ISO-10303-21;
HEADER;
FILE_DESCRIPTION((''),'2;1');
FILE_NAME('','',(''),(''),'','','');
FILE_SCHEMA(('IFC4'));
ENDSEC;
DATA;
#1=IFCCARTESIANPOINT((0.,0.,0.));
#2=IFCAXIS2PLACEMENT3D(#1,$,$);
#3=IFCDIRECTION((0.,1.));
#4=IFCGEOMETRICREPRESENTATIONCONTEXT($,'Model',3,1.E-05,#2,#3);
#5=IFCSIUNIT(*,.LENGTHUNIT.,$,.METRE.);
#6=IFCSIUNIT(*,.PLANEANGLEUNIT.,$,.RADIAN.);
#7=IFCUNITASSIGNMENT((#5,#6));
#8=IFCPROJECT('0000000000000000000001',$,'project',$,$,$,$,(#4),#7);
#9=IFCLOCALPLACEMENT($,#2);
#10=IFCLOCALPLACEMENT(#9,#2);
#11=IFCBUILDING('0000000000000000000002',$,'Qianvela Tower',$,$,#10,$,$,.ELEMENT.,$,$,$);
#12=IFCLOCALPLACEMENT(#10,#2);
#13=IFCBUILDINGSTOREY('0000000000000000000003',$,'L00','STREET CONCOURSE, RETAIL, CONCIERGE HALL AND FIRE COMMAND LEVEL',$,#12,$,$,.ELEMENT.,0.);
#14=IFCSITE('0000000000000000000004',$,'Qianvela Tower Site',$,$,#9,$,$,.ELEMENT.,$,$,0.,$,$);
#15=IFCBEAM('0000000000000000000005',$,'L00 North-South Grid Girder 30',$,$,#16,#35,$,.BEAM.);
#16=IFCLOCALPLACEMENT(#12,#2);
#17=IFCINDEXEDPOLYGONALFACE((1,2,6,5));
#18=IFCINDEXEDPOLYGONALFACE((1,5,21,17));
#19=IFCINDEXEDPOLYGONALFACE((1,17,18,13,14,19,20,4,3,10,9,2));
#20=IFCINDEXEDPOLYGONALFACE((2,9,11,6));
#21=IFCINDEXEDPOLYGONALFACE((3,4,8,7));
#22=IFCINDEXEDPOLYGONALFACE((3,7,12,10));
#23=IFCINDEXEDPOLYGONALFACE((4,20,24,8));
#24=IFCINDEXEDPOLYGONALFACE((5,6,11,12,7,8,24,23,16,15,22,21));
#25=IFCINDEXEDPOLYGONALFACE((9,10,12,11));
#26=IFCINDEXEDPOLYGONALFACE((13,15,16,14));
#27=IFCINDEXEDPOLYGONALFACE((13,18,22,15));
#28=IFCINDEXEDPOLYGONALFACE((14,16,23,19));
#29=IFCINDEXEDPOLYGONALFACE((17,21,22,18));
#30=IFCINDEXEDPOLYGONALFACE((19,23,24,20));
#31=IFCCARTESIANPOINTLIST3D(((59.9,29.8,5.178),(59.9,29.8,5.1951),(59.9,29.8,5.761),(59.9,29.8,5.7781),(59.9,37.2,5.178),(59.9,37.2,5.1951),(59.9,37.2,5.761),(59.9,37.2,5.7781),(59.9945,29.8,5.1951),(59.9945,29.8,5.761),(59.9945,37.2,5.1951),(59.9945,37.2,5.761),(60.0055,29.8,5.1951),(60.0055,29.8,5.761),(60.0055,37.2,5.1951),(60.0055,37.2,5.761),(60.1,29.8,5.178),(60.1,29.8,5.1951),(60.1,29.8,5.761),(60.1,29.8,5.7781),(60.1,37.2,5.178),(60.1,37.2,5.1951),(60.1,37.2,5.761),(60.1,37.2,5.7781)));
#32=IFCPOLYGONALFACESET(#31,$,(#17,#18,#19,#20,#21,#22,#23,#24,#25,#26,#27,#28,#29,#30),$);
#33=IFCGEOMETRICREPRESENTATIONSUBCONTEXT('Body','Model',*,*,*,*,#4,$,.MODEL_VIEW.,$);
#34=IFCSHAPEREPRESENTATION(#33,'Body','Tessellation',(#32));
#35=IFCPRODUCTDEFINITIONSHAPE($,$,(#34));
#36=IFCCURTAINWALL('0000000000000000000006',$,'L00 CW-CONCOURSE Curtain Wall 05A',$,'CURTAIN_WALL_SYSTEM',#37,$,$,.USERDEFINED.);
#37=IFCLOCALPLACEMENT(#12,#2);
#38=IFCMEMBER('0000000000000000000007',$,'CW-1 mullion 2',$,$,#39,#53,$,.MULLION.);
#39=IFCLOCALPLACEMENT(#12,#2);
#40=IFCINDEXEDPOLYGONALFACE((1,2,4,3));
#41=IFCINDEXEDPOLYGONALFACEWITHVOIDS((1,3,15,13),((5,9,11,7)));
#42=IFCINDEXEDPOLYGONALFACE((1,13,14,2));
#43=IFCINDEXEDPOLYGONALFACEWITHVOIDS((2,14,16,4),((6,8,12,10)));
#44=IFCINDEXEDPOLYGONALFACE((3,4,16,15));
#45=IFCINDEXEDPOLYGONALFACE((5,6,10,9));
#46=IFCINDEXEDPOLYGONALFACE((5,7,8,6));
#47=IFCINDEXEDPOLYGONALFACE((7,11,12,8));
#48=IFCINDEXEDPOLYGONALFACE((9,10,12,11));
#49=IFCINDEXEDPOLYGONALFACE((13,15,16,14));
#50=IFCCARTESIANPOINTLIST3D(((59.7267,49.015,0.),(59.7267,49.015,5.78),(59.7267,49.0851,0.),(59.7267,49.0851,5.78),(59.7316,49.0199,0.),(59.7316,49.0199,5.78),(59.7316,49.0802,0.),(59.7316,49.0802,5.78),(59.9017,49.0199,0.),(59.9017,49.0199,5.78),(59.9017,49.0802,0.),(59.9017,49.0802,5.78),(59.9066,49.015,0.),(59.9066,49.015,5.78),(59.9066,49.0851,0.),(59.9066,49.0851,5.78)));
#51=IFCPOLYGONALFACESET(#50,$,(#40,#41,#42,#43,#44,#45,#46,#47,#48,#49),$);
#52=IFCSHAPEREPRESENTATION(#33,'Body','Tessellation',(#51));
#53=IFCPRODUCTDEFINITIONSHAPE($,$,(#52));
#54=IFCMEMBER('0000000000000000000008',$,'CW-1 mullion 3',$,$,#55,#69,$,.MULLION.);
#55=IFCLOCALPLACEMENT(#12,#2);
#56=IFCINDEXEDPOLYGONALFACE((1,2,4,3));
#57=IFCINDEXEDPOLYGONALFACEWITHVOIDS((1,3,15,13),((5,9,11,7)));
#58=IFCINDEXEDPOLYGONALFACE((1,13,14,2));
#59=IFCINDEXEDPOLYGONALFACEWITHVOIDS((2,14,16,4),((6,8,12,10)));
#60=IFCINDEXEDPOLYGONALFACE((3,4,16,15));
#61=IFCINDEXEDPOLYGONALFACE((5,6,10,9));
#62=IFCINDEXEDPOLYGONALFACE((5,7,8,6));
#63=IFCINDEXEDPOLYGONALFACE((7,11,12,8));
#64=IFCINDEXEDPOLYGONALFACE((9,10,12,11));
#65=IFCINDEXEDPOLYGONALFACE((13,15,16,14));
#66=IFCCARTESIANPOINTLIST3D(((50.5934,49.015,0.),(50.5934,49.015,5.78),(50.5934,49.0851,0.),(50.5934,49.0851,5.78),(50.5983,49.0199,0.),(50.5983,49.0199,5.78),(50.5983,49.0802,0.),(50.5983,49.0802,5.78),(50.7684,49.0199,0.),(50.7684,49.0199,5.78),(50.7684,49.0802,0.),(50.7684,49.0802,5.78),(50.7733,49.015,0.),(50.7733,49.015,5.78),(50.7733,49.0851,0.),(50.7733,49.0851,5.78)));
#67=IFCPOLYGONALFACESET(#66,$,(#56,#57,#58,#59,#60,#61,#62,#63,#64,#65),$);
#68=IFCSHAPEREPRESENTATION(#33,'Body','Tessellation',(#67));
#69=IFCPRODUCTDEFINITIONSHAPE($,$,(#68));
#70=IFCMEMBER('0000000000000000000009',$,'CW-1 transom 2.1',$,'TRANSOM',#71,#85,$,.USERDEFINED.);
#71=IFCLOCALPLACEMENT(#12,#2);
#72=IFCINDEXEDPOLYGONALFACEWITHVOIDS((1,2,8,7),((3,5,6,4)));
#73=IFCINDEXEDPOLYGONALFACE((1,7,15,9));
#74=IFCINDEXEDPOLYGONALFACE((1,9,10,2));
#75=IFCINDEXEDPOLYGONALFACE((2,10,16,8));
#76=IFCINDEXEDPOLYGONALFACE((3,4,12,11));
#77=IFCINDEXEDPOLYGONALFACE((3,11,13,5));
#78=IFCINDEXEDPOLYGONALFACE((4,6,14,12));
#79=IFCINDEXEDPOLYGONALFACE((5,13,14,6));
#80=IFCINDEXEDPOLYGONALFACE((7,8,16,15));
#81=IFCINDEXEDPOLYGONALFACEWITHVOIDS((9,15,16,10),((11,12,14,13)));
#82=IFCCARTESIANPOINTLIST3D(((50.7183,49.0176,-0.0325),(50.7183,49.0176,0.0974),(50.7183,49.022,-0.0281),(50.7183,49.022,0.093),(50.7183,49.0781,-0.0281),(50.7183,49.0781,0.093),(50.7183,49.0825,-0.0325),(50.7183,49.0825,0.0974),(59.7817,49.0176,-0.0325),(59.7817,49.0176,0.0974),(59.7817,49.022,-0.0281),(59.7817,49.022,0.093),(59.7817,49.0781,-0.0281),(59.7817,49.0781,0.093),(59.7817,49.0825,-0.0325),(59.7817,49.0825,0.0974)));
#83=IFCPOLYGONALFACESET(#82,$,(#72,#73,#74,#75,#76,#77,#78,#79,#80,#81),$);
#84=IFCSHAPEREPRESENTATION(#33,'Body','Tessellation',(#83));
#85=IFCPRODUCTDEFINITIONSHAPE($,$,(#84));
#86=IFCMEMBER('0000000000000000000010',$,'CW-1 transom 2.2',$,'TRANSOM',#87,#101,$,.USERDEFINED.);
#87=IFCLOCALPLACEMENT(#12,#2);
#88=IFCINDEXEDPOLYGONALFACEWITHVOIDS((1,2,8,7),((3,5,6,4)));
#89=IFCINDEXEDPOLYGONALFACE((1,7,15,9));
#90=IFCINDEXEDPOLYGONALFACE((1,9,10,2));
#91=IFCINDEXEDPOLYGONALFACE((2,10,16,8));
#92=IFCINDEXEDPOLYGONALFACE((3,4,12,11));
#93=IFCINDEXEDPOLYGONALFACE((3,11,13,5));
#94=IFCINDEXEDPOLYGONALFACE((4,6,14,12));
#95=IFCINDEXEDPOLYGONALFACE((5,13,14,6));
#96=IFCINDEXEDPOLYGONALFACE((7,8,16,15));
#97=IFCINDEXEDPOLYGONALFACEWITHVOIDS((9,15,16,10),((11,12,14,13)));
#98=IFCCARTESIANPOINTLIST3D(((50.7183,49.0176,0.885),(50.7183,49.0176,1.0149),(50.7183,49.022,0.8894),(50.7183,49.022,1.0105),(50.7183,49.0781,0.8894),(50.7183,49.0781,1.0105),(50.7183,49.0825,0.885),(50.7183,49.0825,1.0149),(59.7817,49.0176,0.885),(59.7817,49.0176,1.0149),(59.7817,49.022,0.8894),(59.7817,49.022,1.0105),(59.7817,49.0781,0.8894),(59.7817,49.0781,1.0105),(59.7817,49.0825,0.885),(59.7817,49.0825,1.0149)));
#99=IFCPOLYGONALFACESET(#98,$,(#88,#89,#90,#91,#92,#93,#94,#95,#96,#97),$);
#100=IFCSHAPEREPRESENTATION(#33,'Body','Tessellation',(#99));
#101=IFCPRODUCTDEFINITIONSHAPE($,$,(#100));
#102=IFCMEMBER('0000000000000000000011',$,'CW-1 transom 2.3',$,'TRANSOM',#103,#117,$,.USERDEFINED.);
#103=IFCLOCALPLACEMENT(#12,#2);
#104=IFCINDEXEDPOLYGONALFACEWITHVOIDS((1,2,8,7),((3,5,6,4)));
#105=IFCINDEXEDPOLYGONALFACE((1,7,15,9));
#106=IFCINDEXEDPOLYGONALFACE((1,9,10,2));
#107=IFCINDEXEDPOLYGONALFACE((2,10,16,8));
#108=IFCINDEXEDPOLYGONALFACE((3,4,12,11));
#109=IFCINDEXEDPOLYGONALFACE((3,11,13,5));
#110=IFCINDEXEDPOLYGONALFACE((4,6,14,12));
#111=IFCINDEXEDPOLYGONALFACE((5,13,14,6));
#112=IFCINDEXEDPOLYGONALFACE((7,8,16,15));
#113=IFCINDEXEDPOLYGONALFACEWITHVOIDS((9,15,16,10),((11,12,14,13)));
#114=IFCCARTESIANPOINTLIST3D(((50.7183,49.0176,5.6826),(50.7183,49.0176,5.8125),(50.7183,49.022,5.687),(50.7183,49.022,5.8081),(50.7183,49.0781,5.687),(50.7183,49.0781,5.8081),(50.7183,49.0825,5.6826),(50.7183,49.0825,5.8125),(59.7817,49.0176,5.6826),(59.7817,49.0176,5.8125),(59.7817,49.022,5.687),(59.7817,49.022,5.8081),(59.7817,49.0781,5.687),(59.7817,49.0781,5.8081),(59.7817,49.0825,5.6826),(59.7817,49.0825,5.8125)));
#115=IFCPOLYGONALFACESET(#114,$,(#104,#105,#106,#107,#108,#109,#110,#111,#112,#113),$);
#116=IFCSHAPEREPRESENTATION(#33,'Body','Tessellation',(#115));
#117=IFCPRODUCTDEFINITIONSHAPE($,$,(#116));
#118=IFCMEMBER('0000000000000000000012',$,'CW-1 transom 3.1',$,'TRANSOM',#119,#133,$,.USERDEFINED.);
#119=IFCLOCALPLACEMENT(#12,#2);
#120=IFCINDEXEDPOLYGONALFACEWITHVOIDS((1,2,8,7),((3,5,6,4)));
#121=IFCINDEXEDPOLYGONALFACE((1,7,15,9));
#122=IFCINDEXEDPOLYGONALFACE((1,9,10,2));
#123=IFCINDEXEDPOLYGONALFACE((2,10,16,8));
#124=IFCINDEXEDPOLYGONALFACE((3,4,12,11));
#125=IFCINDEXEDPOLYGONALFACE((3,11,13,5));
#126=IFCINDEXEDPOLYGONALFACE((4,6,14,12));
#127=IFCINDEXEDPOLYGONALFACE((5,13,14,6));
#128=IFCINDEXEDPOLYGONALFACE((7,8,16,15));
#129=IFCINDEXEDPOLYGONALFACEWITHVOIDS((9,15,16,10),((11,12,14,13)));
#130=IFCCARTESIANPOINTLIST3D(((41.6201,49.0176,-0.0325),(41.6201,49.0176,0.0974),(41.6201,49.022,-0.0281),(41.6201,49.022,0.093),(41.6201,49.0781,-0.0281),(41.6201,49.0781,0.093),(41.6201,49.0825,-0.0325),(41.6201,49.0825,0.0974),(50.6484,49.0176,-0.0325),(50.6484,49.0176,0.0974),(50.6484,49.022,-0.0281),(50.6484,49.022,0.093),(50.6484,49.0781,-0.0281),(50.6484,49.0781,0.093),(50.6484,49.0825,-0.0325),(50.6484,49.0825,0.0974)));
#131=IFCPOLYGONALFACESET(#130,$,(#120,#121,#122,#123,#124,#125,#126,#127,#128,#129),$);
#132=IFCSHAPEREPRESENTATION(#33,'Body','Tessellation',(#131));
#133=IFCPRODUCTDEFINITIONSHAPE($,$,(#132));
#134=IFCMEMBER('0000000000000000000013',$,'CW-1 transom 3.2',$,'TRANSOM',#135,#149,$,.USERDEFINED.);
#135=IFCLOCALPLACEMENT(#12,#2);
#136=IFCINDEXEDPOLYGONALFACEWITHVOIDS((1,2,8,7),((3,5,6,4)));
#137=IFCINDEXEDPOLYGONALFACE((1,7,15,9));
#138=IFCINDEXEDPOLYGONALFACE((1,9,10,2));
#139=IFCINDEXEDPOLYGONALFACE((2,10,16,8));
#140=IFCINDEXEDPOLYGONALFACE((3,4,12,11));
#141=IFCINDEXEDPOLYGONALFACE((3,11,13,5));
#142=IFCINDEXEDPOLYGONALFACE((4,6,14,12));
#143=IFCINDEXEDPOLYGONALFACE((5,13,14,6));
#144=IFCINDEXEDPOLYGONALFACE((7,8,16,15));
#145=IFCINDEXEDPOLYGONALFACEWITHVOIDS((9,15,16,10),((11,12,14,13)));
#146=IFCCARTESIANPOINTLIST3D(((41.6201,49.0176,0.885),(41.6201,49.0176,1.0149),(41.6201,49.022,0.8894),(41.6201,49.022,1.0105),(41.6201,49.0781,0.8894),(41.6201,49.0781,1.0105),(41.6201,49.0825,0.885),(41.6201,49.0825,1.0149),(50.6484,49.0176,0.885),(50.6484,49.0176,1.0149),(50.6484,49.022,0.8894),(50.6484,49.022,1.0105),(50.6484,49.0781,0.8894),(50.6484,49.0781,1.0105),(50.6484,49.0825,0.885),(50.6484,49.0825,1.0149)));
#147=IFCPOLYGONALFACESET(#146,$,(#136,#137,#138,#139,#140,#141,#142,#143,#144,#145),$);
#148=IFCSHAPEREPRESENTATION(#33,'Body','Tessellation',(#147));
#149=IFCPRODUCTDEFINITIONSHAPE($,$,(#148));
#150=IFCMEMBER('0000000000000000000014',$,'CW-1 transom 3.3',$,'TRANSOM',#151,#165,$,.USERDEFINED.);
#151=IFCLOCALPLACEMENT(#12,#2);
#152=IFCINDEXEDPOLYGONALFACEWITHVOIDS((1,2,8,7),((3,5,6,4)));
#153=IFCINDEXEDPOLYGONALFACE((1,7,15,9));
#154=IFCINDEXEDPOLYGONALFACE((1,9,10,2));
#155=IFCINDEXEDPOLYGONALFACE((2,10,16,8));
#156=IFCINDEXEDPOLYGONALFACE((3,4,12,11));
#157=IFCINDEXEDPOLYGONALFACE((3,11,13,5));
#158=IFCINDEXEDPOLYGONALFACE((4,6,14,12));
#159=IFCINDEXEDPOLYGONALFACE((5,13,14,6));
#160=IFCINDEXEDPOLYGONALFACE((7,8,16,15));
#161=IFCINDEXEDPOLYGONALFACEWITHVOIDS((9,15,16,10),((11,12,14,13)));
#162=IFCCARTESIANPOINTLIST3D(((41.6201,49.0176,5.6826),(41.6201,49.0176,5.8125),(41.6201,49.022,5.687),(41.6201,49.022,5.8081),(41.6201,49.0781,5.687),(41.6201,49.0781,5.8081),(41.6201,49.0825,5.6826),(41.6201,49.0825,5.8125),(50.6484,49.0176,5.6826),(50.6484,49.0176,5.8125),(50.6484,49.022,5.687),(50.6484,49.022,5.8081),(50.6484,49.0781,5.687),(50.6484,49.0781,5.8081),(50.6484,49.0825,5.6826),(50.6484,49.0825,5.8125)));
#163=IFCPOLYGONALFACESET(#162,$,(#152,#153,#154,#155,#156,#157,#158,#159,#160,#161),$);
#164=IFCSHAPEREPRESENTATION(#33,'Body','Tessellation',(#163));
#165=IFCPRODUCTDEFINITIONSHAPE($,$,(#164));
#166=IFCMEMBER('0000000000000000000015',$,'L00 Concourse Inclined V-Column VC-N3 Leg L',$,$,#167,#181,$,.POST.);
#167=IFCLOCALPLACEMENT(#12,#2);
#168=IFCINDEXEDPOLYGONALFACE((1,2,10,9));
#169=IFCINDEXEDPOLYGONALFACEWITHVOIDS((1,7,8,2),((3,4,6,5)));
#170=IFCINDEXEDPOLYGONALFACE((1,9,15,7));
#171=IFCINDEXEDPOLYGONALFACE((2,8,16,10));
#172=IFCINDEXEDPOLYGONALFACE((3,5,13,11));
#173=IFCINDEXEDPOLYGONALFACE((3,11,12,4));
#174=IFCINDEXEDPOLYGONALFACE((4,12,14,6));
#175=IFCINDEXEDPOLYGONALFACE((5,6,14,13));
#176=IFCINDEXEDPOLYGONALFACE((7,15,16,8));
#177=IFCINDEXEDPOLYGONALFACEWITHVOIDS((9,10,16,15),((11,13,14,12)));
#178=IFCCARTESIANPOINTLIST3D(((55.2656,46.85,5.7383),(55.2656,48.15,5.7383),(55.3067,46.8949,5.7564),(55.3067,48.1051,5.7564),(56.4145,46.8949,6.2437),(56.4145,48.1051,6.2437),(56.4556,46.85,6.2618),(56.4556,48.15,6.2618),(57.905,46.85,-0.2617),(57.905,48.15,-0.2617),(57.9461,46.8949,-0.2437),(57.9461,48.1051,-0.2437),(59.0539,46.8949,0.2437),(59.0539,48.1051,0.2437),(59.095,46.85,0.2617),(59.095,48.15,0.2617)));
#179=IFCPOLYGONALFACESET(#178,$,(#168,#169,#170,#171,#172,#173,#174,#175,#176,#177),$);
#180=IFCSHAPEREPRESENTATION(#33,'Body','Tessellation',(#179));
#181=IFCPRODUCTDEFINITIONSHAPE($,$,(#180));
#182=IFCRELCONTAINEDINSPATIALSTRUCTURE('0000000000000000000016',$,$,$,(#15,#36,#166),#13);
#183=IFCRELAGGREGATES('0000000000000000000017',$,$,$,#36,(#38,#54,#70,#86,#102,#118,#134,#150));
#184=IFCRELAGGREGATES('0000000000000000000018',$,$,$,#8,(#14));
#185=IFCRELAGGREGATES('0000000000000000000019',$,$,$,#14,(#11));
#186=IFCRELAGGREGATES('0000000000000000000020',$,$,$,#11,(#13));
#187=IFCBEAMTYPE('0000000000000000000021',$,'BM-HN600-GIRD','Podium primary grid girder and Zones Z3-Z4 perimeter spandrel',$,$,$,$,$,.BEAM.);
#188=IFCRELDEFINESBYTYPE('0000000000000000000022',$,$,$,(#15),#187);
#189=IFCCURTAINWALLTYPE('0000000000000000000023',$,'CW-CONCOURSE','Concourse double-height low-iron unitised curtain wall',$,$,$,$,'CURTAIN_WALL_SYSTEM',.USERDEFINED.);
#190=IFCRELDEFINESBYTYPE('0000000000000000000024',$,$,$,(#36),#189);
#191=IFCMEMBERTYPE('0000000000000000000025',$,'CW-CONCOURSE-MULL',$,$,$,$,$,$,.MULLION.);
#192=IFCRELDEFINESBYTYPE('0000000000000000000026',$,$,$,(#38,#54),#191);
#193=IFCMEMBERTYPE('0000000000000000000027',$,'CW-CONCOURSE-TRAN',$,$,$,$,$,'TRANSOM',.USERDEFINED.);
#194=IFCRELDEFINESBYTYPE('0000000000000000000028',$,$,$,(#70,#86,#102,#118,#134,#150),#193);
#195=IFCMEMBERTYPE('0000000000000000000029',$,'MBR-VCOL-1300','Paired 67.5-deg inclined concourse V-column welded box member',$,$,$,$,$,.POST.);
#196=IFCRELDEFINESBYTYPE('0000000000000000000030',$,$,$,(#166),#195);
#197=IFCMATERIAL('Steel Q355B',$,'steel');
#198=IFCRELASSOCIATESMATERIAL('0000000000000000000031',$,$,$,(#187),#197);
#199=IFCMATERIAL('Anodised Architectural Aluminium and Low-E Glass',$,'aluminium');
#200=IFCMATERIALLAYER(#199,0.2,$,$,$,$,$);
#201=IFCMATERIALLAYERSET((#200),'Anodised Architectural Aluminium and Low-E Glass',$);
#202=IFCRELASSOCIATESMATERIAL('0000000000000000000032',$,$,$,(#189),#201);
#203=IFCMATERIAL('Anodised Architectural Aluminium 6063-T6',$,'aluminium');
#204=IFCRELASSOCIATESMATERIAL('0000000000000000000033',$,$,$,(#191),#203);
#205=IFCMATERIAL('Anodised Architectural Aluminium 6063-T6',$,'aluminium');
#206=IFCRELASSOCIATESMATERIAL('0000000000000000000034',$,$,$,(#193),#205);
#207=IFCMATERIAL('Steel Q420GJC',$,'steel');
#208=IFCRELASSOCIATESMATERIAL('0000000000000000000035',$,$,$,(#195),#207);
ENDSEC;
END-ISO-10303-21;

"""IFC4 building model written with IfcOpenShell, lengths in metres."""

from ifc_helpers import new_model, si_unit, direction, frame, origin, origin_2d, place, context, subcontext, project, spatial, hollow_rectangle, i_section, extrude, material, layer, layer_set, material_profile, profile_set, type_object, element, aggregate, save


model = new_model("IFC4")

# Units and contexts
model_context = context("Model", 3, precision=1e-05, world=origin(), true_north=direction((0.0, 1.0)))
body_context = subcontext(model_context, "Body", "Model", "MODEL_VIEW")
ifc_project = project(units=[si_unit("LENGTHUNIT", "METRE"), si_unit("PLANEANGLEUNIT", "RADIAN")], contexts=[model_context])

# Site, building, storey
site_placement = place(None, origin())
site = spatial("IfcSite", under=ifc_project, at=site_placement, Name="Qianvela Tower Site", CompositionType="ELEMENT", RefElevation=0.0)
building_placement = place(site_placement, origin())
building = spatial("IfcBuilding", under=site, at=building_placement, Name="Qianvela Tower", CompositionType="ELEMENT")
storey_placement = place(building_placement, origin())
storey = spatial("IfcBuildingStorey", under=building, at=storey_placement, Name="L00", Description="STREET CONCOURSE, RETAIL, CONCIERGE HALL AND FIRE COMMAND LEVEL", CompositionType="ELEMENT", Elevation=0.0)

# Beam
ifc_material_1 = material(Name="Steel Q355B", Category="steel")
ifc_material_profile_1 = material_profile(ifc_material_1, i_section(OverallWidth=0.2, OverallDepth=0.6001, WebThickness=0.011, FlangeThickness=0.0171, at=origin_2d()), Name="HN600x200x11x17")
ifc_profile_set_1 = profile_set([ifc_material_profile_1], Name="Steel Q355B")
beam_type = type_object("IfcBeamType", Name="BM-HN600-GIRD", Description="Podium primary grid girder and Zones Z3-Z4 perimeter spandrel", PredefinedType="BEAM", material=ifc_profile_set_1)
beam_placement = place(storey_placement, frame((60.0, 29.8, 5.478), z_axis=(0.0, 1.0, 0.0), x_axis=(-1.0, 0.0, 0.0)))
element("IfcBeam", 1, at=beam_placement, inside=storey, type_object=beam_type, Name="L00 North-South Grid Girder 30", PredefinedType="BEAM", context=body_context, shape_type="SweptSolid", body=[
    extrude(i_section(OverallWidth=0.2, OverallDepth=0.6001, WebThickness=0.011, FlangeThickness=0.0171, at=origin_2d()), origin(), (0.0, 0.0, 1.0), 7.3999),
])

# Curtain wall, members
ifc_material_2 = material(Name="Anodised Architectural Aluminium and Low-E Glass", Category="aluminium")
ifc_layer_1 = layer(ifc_material_2, 0.2)
ifc_layer_set_1 = layer_set([ifc_layer_1], Name="Anodised Architectural Aluminium and Low-E Glass")
curtain_wall_type = type_object("IfcCurtainWallType", Name="CW-CONCOURSE", Description="Concourse double-height low-iron unitised curtain wall", ElementType="CURTAIN_WALL_SYSTEM", PredefinedType="USERDEFINED", material=ifc_layer_set_1)
curtain_wall_placement = place(storey_placement, origin())
curtain_wall = element("IfcCurtainWall", 2, at=curtain_wall_placement, inside=storey, type_object=curtain_wall_type, Name="L00 CW-CONCOURSE Curtain Wall 05A", ObjectType="CURTAIN_WALL_SYSTEM", PredefinedType="USERDEFINED")
ifc_material_3 = material(Name="Anodised Architectural Aluminium 6063-T6", Category="aluminium")
ifc_material_profile_2 = material_profile(ifc_material_3, hollow_rectangle(XDim=0.0701, YDim=0.1799, WallThickness=0.0049, at=origin_2d()), Name="ALU-MULL-70x180")
ifc_profile_set_2 = profile_set([ifc_material_profile_2], Name="Anodised Architectural Aluminium 6063-T6")
member_type_1 = type_object("IfcMemberType", Name="CW-CONCOURSE-MULL", PredefinedType="MULLION", material=ifc_profile_set_2)
member_1_placement = place(storey_placement, frame((59.8167, 49.05, 0.0), z_axis=(0.0, 0.0, 1.0), x_axis=(0.0, -1.0, 0.0)))
member_1 = element("IfcMember", 3, at=member_1_placement, type_object=member_type_1, Name="CW-1 mullion 2", PredefinedType="MULLION", context=body_context, shape_type="SweptSolid", body=[
    extrude(hollow_rectangle(XDim=0.0701, YDim=0.1799, WallThickness=0.0049, at=origin_2d()), origin(), (0.0, 0.0, 1.0), 5.78),
])
member_2_placement = place(storey_placement, frame((50.6833, 49.05, 0.0), z_axis=(0.0, 0.0, 1.0), x_axis=(0.0, -1.0, 0.0)))
member_2 = element("IfcMember", 4, at=member_2_placement, type_object=member_type_1, Name="CW-1 mullion 3", PredefinedType="MULLION", context=body_context, shape_type="SweptSolid", body=[
    extrude(hollow_rectangle(XDim=0.0701, YDim=0.1799, WallThickness=0.0049, at=origin_2d()), origin(), (0.0, 0.0, 1.0), 5.78),
])
ifc_material_4 = material(Name="Anodised Architectural Aluminium 6063-T6", Category="aluminium")
ifc_material_profile_3 = material_profile(ifc_material_4, hollow_rectangle(XDim=0.0649, YDim=0.1299, WallThickness=0.0044, at=origin_2d()), Name="ALU-TRAN-65x130")
ifc_profile_set_3 = profile_set([ifc_material_profile_3], Name="Anodised Architectural Aluminium 6063-T6")
member_type_2 = type_object("IfcMemberType", Name="CW-CONCOURSE-TRAN", ElementType="TRANSOM", PredefinedType="USERDEFINED", material=ifc_profile_set_3)
member_3_placement = place(storey_placement, frame((59.7817, 49.05, 0.0325), z_axis=(-1.0, 0.0, 0.0), x_axis=(0.0, -1.0, 0.0)))
member_3 = element("IfcMember", 5, at=member_3_placement, type_object=member_type_2, Name="CW-1 transom 2.1", ObjectType="TRANSOM", PredefinedType="USERDEFINED", context=body_context, shape_type="SweptSolid", body=[
    extrude(hollow_rectangle(XDim=0.0649, YDim=0.1299, WallThickness=0.0044, at=origin_2d()), origin(), (0.0, 0.0, 1.0), 9.0635),
])
member_4_placement = place(storey_placement, frame((59.7817, 49.05, 0.95), z_axis=(-1.0, 0.0, 0.0), x_axis=(0.0, -1.0, 0.0)))
member_4 = element("IfcMember", 6, at=member_4_placement, type_object=member_type_2, Name="CW-1 transom 2.2", ObjectType="TRANSOM", PredefinedType="USERDEFINED", context=body_context, shape_type="SweptSolid", body=[
    extrude(hollow_rectangle(XDim=0.0649, YDim=0.1299, WallThickness=0.0044, at=origin_2d()), origin(), (0.0, 0.0, 1.0), 9.0635),
])
member_5_placement = place(storey_placement, frame((59.7817, 49.05, 5.7476), z_axis=(-1.0, 0.0, 0.0), x_axis=(0.0, -1.0, 0.0)))
member_5 = element("IfcMember", 7, at=member_5_placement, type_object=member_type_2, Name="CW-1 transom 2.3", ObjectType="TRANSOM", PredefinedType="USERDEFINED", context=body_context, shape_type="SweptSolid", body=[
    extrude(hollow_rectangle(XDim=0.0649, YDim=0.1299, WallThickness=0.0044, at=origin_2d()), origin(), (0.0, 0.0, 1.0), 9.0635),
])
member_6_placement = place(storey_placement, frame((50.6484, 49.05, 0.0325), z_axis=(-1.0, 0.0, 0.0), x_axis=(0.0, -1.0, 0.0)))
member_6 = element("IfcMember", 8, at=member_6_placement, type_object=member_type_2, Name="CW-1 transom 3.1", ObjectType="TRANSOM", PredefinedType="USERDEFINED", context=body_context, shape_type="SweptSolid", body=[
    extrude(hollow_rectangle(XDim=0.0649, YDim=0.1299, WallThickness=0.0044, at=origin_2d()), origin(), (0.0, 0.0, 1.0), 9.0283),
])
member_7_placement = place(storey_placement, frame((50.6484, 49.05, 0.95), z_axis=(-1.0, 0.0, 0.0), x_axis=(0.0, -1.0, 0.0)))
member_7 = element("IfcMember", 9, at=member_7_placement, type_object=member_type_2, Name="CW-1 transom 3.2", ObjectType="TRANSOM", PredefinedType="USERDEFINED", context=body_context, shape_type="SweptSolid", body=[
    extrude(hollow_rectangle(XDim=0.0649, YDim=0.1299, WallThickness=0.0044, at=origin_2d()), origin(), (0.0, 0.0, 1.0), 9.0283),
])
member_8_placement = place(storey_placement, frame((50.6484, 49.05, 5.7476), z_axis=(-1.0, 0.0, 0.0), x_axis=(0.0, -1.0, 0.0)))
member_8 = element("IfcMember", 10, at=member_8_placement, type_object=member_type_2, Name="CW-1 transom 3.3", ObjectType="TRANSOM", PredefinedType="USERDEFINED", context=body_context, shape_type="SweptSolid", body=[
    extrude(hollow_rectangle(XDim=0.0649, YDim=0.1299, WallThickness=0.0044, at=origin_2d()), origin(), (0.0, 0.0, 1.0), 9.0283),
])

# Member
ifc_material_5 = material(Name="Steel Q420GJC", Category="steel")
ifc_material_profile_4 = material_profile(ifc_material_5, hollow_rectangle(XDim=1.3, YDim=1.3, WallThickness=0.0449, at=origin_2d()), Name="VBOX-1300x1300x45")
ifc_profile_set_4 = profile_set([ifc_material_profile_4], Name="Steel Q420GJC")
member_type_3 = type_object("IfcMemberType", Name="MBR-VCOL-1300", Description="Paired 67.5-deg inclined concourse V-column welded box member", PredefinedType="POST", material=ifc_profile_set_4)
for number, where, z_axis, x_axis, name in (
    (11, (58.5, 47.5, 0.0), (-0.402662, 0.0, 0.915349), (0.0, -1.0, 0.0), "L00 Concourse Inclined V-Column VC-N3 Leg L"),
):
    element("IfcMember", number, at=place(storey_placement, frame(where, z_axis=z_axis, x_axis=x_axis)), inside=storey, type_object=member_type_3, Name=name, PredefinedType="POST", context=body_context, shape_type="SweptSolid", body=[
        extrude(hollow_rectangle(XDim=1.3, YDim=1.3, WallThickness=0.0449, at=origin_2d()), origin(), (0.0, 0.0, 1.0), 6.5549),
    ])

aggregate(curtain_wall, [member_1, member_2, member_3, member_4, member_5, member_6, member_7, member_8])

save(model, "model.ifc")
